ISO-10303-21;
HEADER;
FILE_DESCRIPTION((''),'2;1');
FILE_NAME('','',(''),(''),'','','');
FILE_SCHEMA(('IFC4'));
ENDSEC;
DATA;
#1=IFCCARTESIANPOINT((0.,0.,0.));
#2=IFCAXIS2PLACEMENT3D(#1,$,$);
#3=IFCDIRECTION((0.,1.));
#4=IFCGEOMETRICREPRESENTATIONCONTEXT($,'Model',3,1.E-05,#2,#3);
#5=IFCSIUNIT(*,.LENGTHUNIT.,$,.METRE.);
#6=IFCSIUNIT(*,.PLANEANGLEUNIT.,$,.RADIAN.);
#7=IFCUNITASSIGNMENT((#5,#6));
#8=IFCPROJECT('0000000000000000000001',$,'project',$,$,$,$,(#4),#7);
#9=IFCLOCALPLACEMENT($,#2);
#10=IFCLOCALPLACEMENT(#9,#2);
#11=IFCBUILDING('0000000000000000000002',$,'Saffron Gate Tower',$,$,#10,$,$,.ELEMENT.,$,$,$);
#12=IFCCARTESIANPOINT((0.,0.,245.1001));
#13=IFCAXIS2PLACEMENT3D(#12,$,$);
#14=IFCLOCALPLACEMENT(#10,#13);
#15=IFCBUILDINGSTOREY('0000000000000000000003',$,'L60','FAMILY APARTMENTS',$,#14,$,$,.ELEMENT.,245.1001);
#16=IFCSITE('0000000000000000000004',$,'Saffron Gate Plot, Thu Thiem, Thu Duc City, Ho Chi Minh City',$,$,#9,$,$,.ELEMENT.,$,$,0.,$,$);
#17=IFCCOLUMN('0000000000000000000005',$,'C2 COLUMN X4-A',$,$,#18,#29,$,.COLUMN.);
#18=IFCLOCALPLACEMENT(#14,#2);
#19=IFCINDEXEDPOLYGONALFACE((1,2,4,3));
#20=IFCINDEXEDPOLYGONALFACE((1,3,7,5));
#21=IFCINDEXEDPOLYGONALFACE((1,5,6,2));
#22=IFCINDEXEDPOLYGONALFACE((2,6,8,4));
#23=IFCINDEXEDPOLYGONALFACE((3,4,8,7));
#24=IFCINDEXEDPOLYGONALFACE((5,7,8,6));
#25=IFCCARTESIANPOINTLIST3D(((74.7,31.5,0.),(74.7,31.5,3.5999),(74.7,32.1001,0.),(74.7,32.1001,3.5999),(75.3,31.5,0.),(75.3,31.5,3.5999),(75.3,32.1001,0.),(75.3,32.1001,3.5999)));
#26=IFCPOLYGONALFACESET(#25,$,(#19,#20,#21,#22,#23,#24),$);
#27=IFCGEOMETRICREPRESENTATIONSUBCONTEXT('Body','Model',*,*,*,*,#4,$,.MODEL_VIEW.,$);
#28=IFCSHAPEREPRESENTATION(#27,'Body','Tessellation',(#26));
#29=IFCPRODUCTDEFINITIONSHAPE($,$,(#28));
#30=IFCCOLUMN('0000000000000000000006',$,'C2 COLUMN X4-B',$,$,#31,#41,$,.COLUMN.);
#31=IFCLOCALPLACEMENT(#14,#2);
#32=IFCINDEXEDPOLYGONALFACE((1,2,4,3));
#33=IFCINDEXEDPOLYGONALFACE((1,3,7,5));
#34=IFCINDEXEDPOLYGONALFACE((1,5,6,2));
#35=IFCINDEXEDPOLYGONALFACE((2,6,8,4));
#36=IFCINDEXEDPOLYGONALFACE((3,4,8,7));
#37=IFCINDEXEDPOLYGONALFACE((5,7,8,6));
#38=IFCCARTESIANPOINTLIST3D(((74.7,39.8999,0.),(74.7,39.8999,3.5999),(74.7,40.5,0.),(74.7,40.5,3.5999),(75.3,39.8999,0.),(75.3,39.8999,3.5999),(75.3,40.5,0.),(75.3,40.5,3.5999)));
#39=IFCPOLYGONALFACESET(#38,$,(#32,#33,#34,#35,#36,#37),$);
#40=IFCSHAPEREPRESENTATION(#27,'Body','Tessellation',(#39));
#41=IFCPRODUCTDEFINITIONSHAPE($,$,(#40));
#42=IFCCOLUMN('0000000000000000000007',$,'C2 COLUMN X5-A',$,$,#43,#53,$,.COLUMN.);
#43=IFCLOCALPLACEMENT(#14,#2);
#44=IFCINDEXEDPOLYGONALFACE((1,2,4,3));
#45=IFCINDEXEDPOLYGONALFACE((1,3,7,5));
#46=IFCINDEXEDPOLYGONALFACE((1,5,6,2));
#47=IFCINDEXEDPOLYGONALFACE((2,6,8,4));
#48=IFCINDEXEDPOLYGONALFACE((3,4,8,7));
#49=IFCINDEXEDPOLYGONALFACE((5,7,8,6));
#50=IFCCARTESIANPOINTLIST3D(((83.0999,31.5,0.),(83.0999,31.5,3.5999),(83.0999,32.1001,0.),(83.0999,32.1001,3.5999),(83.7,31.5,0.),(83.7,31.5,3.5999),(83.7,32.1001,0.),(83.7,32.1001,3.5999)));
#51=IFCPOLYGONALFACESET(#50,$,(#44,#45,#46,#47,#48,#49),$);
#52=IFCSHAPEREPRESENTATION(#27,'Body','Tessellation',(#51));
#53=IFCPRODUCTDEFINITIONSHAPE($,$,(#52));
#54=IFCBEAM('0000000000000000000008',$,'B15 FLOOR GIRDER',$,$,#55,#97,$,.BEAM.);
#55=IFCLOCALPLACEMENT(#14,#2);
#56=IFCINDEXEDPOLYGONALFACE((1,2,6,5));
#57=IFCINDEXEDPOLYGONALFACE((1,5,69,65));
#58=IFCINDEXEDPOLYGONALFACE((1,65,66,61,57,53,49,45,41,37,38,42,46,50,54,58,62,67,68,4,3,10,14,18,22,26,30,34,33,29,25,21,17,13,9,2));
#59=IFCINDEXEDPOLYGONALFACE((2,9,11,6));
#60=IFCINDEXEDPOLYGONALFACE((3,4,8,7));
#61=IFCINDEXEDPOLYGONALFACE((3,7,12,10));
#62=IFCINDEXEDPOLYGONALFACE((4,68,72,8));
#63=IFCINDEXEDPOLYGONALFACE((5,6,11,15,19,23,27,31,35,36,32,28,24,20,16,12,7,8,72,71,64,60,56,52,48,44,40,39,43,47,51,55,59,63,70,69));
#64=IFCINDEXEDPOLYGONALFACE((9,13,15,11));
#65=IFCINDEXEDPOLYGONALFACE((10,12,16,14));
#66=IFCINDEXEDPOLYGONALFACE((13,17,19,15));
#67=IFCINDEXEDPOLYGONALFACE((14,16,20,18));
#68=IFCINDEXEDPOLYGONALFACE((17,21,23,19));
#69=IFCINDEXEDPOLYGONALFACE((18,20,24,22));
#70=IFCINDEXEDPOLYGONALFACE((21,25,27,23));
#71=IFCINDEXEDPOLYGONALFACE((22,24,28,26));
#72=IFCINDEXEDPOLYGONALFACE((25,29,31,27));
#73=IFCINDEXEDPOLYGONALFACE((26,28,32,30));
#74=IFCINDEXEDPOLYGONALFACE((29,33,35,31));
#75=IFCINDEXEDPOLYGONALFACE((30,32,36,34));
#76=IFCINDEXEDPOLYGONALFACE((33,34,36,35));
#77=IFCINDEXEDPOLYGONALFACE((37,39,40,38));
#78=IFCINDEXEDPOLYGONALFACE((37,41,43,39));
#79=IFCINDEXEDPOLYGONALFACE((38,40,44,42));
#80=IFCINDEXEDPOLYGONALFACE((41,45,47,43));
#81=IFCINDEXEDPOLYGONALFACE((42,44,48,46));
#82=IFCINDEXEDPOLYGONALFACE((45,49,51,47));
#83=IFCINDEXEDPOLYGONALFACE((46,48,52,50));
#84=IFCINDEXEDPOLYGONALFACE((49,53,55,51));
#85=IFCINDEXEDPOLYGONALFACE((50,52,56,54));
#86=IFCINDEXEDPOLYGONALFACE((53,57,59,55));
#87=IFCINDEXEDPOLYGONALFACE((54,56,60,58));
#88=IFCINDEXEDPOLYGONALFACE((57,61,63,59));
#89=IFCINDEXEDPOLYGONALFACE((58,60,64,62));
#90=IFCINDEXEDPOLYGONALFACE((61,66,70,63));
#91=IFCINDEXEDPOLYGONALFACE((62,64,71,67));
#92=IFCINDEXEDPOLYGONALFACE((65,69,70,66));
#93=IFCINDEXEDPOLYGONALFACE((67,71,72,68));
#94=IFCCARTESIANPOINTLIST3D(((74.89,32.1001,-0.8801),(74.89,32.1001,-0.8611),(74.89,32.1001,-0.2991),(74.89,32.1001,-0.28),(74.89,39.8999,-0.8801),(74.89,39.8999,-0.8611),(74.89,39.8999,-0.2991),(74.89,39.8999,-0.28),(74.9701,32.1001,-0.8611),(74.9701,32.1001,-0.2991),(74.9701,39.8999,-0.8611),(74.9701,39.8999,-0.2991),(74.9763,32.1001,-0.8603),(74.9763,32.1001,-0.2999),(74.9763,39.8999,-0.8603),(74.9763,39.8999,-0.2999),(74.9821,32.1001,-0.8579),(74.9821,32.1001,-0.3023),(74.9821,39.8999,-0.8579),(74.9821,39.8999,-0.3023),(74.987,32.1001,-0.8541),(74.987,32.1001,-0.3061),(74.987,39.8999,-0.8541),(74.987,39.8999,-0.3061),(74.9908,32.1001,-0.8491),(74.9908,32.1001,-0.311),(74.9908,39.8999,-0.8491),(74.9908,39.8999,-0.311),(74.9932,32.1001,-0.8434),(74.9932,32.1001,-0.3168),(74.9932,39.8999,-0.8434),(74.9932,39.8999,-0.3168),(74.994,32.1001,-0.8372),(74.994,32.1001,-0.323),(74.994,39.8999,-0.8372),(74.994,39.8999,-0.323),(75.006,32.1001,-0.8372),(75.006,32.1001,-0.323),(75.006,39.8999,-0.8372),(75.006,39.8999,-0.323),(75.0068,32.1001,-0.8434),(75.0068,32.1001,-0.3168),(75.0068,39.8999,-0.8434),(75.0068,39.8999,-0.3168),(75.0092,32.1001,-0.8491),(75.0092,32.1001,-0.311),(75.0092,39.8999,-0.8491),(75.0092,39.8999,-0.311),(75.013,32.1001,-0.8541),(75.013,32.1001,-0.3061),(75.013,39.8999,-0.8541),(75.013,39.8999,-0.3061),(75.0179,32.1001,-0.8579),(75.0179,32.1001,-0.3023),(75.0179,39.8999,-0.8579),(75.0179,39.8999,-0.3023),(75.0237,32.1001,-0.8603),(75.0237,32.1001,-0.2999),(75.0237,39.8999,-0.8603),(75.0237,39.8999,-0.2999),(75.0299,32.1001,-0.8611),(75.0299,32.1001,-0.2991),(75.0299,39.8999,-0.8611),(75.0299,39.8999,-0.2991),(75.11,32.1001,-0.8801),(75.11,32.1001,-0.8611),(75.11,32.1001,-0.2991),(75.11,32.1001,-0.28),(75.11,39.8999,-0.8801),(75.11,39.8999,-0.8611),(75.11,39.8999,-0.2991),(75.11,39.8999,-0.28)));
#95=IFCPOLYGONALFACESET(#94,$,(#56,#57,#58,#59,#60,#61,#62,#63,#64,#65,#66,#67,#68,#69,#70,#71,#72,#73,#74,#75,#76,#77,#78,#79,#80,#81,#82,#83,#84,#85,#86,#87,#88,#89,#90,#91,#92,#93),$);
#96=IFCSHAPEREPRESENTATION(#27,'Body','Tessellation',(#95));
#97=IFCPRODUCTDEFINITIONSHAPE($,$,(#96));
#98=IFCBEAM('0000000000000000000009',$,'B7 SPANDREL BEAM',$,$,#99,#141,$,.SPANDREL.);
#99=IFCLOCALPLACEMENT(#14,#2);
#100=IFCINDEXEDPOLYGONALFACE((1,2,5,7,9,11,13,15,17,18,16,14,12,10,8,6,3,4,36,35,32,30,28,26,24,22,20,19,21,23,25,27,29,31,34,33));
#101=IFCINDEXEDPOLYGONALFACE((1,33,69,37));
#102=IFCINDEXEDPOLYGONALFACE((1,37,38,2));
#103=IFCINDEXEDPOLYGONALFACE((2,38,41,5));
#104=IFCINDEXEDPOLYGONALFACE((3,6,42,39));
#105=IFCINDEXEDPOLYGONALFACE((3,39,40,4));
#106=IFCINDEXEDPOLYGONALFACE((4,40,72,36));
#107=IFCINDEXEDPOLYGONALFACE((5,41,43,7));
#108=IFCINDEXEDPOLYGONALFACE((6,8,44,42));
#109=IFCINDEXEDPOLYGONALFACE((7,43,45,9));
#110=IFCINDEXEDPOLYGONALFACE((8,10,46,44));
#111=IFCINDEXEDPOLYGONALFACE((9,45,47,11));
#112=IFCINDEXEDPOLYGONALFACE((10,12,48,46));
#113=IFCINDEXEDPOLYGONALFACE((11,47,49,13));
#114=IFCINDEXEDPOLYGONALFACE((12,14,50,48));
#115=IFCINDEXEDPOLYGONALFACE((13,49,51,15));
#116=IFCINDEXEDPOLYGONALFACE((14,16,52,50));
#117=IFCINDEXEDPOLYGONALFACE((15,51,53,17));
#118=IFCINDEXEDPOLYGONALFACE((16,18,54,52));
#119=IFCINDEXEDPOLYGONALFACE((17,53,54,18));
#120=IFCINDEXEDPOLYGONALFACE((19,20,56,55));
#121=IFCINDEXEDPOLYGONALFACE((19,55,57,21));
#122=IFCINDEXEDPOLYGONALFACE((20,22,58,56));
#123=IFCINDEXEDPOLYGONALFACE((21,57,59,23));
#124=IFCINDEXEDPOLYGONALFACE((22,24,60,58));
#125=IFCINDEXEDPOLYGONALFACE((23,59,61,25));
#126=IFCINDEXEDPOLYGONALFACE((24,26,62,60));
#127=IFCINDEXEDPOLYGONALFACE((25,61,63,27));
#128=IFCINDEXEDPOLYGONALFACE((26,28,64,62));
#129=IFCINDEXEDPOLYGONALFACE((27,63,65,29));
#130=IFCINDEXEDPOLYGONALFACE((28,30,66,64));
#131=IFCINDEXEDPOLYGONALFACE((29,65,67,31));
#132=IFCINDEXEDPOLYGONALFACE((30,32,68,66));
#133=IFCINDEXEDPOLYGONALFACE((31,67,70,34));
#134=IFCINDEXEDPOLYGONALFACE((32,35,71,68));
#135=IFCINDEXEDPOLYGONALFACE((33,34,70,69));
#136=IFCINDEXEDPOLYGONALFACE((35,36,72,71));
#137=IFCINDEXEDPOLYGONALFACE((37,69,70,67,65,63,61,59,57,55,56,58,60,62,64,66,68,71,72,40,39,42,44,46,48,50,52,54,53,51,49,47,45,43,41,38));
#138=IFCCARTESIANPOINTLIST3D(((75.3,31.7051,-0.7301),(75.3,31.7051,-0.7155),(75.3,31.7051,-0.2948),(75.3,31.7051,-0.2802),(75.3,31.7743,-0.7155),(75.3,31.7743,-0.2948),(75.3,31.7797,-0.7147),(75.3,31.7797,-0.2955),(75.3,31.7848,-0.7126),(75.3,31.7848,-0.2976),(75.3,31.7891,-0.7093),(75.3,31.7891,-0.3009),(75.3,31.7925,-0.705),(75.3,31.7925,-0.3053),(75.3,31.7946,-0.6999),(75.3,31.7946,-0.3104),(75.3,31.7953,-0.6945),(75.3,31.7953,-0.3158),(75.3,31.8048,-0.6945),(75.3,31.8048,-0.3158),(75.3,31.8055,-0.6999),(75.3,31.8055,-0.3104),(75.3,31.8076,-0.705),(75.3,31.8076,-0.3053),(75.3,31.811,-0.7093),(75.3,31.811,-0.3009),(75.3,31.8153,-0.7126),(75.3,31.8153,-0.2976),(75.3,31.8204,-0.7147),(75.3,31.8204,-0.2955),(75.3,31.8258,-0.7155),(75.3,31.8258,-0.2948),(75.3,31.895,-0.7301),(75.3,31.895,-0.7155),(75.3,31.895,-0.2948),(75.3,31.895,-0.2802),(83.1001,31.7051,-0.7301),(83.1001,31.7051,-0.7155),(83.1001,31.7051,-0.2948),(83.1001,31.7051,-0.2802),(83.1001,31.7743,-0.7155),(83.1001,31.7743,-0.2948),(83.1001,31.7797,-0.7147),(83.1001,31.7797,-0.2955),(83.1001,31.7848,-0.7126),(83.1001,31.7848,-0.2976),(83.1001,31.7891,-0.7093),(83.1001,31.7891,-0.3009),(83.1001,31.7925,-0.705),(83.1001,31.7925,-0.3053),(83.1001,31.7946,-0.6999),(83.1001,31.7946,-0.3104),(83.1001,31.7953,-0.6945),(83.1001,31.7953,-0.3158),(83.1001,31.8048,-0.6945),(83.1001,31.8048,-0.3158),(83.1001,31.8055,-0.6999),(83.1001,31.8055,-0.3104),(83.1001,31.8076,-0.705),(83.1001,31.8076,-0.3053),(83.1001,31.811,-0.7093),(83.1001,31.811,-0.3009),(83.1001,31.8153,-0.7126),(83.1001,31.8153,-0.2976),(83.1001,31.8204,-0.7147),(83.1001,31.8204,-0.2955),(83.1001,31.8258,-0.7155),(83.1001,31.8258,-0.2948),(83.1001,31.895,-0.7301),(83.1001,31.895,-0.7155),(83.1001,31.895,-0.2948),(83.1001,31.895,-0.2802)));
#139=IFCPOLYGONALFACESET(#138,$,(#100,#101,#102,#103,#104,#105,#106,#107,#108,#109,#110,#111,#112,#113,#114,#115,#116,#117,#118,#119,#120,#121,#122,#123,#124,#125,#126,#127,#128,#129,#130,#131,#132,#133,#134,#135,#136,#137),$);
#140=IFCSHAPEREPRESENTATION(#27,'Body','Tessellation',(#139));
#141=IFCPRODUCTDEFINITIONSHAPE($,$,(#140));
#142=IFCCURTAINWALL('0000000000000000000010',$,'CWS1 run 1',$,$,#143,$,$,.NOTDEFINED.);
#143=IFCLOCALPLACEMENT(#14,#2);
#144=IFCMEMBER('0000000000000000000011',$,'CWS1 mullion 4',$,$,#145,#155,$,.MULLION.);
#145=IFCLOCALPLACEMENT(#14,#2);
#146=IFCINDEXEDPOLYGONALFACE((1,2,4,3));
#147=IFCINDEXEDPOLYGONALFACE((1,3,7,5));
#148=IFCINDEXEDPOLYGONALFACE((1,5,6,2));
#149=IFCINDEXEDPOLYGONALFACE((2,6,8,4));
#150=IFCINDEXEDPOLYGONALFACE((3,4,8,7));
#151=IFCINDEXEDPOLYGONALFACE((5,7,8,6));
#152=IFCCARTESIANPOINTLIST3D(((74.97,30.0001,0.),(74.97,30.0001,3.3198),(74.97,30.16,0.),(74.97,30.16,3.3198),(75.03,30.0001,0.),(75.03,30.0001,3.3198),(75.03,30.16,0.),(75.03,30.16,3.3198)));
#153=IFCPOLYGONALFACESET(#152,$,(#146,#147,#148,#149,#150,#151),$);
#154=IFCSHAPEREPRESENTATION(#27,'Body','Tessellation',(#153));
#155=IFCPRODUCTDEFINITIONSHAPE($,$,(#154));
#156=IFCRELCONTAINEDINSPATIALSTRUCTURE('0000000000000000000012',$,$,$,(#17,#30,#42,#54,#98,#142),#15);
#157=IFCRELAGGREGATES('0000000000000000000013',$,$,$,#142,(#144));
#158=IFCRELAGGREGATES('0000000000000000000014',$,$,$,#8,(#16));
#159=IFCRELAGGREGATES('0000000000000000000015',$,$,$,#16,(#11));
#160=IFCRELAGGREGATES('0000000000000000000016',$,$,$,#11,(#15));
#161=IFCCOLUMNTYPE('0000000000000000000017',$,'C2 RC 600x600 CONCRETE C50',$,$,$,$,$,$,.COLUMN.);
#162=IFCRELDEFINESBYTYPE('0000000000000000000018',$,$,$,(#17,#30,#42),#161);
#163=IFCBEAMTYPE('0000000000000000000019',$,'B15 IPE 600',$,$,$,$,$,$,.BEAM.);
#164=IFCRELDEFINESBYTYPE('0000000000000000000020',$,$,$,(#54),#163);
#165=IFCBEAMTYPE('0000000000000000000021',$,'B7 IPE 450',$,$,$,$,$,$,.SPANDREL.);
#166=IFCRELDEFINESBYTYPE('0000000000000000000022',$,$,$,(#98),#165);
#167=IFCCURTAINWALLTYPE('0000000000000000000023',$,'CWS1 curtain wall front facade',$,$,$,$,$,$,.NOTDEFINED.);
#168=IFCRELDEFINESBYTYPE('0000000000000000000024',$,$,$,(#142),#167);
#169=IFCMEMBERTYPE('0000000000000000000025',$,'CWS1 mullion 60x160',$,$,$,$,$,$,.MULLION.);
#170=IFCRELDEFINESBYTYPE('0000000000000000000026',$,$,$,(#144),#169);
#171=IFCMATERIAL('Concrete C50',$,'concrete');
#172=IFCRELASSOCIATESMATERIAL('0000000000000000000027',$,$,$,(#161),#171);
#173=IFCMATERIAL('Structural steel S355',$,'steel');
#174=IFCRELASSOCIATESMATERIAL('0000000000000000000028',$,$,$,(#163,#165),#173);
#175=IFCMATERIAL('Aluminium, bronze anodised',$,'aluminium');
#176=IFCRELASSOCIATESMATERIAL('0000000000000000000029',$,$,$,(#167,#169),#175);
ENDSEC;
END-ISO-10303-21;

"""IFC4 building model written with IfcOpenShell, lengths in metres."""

from ifc_helpers import new_model, si_unit, direction, frame, origin, origin_2d, place, context, subcontext, project, spatial, rectangle, i_section, extrude, material, material_profile, profile_set, type_object, element, aggregate, save


model = new_model("IFC4")

# Units and contexts
model_context = context("Model", 3, precision=1e-05, world=origin(), true_north=direction((0.0, 1.0)))
body_context = subcontext(model_context, "Body", "Model", "MODEL_VIEW")
ifc_project = project(units=[si_unit("LENGTHUNIT", "METRE"), si_unit("PLANEANGLEUNIT", "RADIAN")], contexts=[model_context])

# Site, building, storey
site_placement = place(None, origin())
site = spatial("IfcSite", under=ifc_project, at=site_placement, Name="Saffron Gate Plot, Thu Thiem, Thu Duc City, Ho Chi Minh City", CompositionType="ELEMENT", RefElevation=0.0)
building_placement = place(site_placement, origin())
building = spatial("IfcBuilding", under=site, at=building_placement, Name="Saffron Gate Tower", CompositionType="ELEMENT")
storey_placement = place(building_placement, frame((0.0, 0.0, 245.1001)))
storey = spatial("IfcBuildingStorey", under=building, at=storey_placement, Name="L60", Description="FAMILY APARTMENTS", CompositionType="ELEMENT", Elevation=245.1001)

# Columns
ifc_material_1 = material(Name="Concrete C50", Category="concrete")
ifc_material_profile_1 = material_profile(ifc_material_1, rectangle(XDim=0.6001, YDim=0.6001, at=origin_2d()))
ifc_profile_set_1 = profile_set([ifc_material_profile_1], Name="Concrete C50")
column_type = type_object("IfcColumnType", Name="C2 RC 600x600 CONCRETE C50", PredefinedType="COLUMN", material=ifc_profile_set_1)
for number, where, z_axis, x_axis, name in (
    (1, (75.0, 31.8, 0.0), (0.0, 0.0, 1.0), (1.0, 0.0, 0.0), "C2 COLUMN X4-A"),
    (2, (75.0, 40.2, 0.0), (0.0, 0.0, 1.0), (1.0, 0.0, 0.0), "C2 COLUMN X4-B"),
    (3, (83.3999, 31.8, 0.0), (0.0, 0.0, 1.0), (1.0, 0.0, 0.0), "C2 COLUMN X5-A"),
):
    element("IfcColumn", number, at=place(storey_placement, frame(where, z_axis=z_axis, x_axis=x_axis)), inside=storey, type_object=column_type, Name=name, PredefinedType="COLUMN", context=body_context, shape_type="SweptSolid", body=[
        extrude(rectangle(XDim=0.6001, YDim=0.6001, at=origin_2d()), origin(), (0.0, 0.0, 1.0), 3.5999),
    ])

# Beams
ifc_material_2 = material(Name="Structural steel S355", Category="steel")
ifc_material_profile_2 = material_profile(ifc_material_2, i_section(OverallWidth=0.22, OverallDepth=0.6001, WebThickness=0.012, FlangeThickness=0.019, FilletRadius=0.0239, at=origin_2d()))
ifc_profile_set_2 = profile_set([ifc_material_profile_2], Name="Structural steel S355")
beam_type_1 = type_object("IfcBeamType", Name="B15 IPE 600", PredefinedType="BEAM", material=ifc_profile_set_2)
beam_1_placement = place(storey_placement, frame((75.0, 32.1001, -0.5801), z_axis=(0.0, 1.0, 0.0), x_axis=(-1.0, 0.0, 0.0)))
element("IfcBeam", 4, at=beam_1_placement, inside=storey, type_object=beam_type_1, Name="B15 FLOOR GIRDER", PredefinedType="BEAM", context=body_context, shape_type="SweptSolid", body=[
    extrude(i_section(OverallWidth=0.22, OverallDepth=0.6001, WebThickness=0.012, FlangeThickness=0.019, FilletRadius=0.0239, at=origin_2d()), origin(), (0.0, 0.0, 1.0), 7.7998),
])
ifc_material_profile_3 = material_profile(ifc_material_2, i_section(OverallWidth=0.1899, OverallDepth=0.45, WebThickness=0.0095, FlangeThickness=0.0146, FilletRadius=0.021, at=origin_2d()))
ifc_profile_set_3 = profile_set([ifc_material_profile_3], Name="Structural steel S355")
beam_type_2 = type_object("IfcBeamType", Name="B7 IPE 450", PredefinedType="SPANDREL", material=ifc_profile_set_3)
beam_2_placement = place(storey_placement, frame((75.3, 31.8, -0.5051), z_axis=(1.0, 0.0, 0.0), x_axis=(0.0, 1.0, 0.0)))
element("IfcBeam", 5, at=beam_2_placement, inside=storey, type_object=beam_type_2, Name="B7 SPANDREL BEAM", PredefinedType="SPANDREL", context=body_context, shape_type="SweptSolid", body=[
    extrude(i_section(OverallWidth=0.1899, OverallDepth=0.45, WebThickness=0.0095, FlangeThickness=0.0146, FilletRadius=0.021, at=origin_2d()), origin(), (0.0, 0.0, 1.0), 7.8),
])

# Curtain wall, member
ifc_material_3 = material(Name="Aluminium, bronze anodised", Category="aluminium")
curtain_wall_type = type_object("IfcCurtainWallType", Name="CWS1 curtain wall front facade", PredefinedType="NOTDEFINED", material=ifc_material_3)
curtain_wall_placement = place(storey_placement, origin())
curtain_wall = element("IfcCurtainWall", 6, at=curtain_wall_placement, inside=storey, type_object=curtain_wall_type, Name="CWS1 run 1", PredefinedType="NOTDEFINED")
ifc_material_profile_4 = material_profile(ifc_material_3, rectangle(XDim=0.1599, YDim=0.0601, at=origin_2d()))
ifc_profile_set_4 = profile_set([ifc_material_profile_4], Name="Aluminium, bronze anodised")
member_type = type_object("IfcMemberType", Name="CWS1 mullion 60x160", PredefinedType="MULLION", material=ifc_profile_set_4)
member_placement = place(storey_placement, frame((75.0, 30.0801, 0.0), z_axis=(0.0, 0.0, 1.0), x_axis=(0.0, 1.0, 0.0)))
member = element("IfcMember", 7, at=member_placement, type_object=member_type, Name="CWS1 mullion 4", PredefinedType="MULLION", context=body_context, shape_type="SweptSolid", body=[
    extrude(rectangle(XDim=0.1599, YDim=0.0601, at=origin_2d()), origin(), (0.0, 0.0, 1.0), 3.3198),
])
aggregate(curtain_wall, [member])

save(model, "model.ifc")
